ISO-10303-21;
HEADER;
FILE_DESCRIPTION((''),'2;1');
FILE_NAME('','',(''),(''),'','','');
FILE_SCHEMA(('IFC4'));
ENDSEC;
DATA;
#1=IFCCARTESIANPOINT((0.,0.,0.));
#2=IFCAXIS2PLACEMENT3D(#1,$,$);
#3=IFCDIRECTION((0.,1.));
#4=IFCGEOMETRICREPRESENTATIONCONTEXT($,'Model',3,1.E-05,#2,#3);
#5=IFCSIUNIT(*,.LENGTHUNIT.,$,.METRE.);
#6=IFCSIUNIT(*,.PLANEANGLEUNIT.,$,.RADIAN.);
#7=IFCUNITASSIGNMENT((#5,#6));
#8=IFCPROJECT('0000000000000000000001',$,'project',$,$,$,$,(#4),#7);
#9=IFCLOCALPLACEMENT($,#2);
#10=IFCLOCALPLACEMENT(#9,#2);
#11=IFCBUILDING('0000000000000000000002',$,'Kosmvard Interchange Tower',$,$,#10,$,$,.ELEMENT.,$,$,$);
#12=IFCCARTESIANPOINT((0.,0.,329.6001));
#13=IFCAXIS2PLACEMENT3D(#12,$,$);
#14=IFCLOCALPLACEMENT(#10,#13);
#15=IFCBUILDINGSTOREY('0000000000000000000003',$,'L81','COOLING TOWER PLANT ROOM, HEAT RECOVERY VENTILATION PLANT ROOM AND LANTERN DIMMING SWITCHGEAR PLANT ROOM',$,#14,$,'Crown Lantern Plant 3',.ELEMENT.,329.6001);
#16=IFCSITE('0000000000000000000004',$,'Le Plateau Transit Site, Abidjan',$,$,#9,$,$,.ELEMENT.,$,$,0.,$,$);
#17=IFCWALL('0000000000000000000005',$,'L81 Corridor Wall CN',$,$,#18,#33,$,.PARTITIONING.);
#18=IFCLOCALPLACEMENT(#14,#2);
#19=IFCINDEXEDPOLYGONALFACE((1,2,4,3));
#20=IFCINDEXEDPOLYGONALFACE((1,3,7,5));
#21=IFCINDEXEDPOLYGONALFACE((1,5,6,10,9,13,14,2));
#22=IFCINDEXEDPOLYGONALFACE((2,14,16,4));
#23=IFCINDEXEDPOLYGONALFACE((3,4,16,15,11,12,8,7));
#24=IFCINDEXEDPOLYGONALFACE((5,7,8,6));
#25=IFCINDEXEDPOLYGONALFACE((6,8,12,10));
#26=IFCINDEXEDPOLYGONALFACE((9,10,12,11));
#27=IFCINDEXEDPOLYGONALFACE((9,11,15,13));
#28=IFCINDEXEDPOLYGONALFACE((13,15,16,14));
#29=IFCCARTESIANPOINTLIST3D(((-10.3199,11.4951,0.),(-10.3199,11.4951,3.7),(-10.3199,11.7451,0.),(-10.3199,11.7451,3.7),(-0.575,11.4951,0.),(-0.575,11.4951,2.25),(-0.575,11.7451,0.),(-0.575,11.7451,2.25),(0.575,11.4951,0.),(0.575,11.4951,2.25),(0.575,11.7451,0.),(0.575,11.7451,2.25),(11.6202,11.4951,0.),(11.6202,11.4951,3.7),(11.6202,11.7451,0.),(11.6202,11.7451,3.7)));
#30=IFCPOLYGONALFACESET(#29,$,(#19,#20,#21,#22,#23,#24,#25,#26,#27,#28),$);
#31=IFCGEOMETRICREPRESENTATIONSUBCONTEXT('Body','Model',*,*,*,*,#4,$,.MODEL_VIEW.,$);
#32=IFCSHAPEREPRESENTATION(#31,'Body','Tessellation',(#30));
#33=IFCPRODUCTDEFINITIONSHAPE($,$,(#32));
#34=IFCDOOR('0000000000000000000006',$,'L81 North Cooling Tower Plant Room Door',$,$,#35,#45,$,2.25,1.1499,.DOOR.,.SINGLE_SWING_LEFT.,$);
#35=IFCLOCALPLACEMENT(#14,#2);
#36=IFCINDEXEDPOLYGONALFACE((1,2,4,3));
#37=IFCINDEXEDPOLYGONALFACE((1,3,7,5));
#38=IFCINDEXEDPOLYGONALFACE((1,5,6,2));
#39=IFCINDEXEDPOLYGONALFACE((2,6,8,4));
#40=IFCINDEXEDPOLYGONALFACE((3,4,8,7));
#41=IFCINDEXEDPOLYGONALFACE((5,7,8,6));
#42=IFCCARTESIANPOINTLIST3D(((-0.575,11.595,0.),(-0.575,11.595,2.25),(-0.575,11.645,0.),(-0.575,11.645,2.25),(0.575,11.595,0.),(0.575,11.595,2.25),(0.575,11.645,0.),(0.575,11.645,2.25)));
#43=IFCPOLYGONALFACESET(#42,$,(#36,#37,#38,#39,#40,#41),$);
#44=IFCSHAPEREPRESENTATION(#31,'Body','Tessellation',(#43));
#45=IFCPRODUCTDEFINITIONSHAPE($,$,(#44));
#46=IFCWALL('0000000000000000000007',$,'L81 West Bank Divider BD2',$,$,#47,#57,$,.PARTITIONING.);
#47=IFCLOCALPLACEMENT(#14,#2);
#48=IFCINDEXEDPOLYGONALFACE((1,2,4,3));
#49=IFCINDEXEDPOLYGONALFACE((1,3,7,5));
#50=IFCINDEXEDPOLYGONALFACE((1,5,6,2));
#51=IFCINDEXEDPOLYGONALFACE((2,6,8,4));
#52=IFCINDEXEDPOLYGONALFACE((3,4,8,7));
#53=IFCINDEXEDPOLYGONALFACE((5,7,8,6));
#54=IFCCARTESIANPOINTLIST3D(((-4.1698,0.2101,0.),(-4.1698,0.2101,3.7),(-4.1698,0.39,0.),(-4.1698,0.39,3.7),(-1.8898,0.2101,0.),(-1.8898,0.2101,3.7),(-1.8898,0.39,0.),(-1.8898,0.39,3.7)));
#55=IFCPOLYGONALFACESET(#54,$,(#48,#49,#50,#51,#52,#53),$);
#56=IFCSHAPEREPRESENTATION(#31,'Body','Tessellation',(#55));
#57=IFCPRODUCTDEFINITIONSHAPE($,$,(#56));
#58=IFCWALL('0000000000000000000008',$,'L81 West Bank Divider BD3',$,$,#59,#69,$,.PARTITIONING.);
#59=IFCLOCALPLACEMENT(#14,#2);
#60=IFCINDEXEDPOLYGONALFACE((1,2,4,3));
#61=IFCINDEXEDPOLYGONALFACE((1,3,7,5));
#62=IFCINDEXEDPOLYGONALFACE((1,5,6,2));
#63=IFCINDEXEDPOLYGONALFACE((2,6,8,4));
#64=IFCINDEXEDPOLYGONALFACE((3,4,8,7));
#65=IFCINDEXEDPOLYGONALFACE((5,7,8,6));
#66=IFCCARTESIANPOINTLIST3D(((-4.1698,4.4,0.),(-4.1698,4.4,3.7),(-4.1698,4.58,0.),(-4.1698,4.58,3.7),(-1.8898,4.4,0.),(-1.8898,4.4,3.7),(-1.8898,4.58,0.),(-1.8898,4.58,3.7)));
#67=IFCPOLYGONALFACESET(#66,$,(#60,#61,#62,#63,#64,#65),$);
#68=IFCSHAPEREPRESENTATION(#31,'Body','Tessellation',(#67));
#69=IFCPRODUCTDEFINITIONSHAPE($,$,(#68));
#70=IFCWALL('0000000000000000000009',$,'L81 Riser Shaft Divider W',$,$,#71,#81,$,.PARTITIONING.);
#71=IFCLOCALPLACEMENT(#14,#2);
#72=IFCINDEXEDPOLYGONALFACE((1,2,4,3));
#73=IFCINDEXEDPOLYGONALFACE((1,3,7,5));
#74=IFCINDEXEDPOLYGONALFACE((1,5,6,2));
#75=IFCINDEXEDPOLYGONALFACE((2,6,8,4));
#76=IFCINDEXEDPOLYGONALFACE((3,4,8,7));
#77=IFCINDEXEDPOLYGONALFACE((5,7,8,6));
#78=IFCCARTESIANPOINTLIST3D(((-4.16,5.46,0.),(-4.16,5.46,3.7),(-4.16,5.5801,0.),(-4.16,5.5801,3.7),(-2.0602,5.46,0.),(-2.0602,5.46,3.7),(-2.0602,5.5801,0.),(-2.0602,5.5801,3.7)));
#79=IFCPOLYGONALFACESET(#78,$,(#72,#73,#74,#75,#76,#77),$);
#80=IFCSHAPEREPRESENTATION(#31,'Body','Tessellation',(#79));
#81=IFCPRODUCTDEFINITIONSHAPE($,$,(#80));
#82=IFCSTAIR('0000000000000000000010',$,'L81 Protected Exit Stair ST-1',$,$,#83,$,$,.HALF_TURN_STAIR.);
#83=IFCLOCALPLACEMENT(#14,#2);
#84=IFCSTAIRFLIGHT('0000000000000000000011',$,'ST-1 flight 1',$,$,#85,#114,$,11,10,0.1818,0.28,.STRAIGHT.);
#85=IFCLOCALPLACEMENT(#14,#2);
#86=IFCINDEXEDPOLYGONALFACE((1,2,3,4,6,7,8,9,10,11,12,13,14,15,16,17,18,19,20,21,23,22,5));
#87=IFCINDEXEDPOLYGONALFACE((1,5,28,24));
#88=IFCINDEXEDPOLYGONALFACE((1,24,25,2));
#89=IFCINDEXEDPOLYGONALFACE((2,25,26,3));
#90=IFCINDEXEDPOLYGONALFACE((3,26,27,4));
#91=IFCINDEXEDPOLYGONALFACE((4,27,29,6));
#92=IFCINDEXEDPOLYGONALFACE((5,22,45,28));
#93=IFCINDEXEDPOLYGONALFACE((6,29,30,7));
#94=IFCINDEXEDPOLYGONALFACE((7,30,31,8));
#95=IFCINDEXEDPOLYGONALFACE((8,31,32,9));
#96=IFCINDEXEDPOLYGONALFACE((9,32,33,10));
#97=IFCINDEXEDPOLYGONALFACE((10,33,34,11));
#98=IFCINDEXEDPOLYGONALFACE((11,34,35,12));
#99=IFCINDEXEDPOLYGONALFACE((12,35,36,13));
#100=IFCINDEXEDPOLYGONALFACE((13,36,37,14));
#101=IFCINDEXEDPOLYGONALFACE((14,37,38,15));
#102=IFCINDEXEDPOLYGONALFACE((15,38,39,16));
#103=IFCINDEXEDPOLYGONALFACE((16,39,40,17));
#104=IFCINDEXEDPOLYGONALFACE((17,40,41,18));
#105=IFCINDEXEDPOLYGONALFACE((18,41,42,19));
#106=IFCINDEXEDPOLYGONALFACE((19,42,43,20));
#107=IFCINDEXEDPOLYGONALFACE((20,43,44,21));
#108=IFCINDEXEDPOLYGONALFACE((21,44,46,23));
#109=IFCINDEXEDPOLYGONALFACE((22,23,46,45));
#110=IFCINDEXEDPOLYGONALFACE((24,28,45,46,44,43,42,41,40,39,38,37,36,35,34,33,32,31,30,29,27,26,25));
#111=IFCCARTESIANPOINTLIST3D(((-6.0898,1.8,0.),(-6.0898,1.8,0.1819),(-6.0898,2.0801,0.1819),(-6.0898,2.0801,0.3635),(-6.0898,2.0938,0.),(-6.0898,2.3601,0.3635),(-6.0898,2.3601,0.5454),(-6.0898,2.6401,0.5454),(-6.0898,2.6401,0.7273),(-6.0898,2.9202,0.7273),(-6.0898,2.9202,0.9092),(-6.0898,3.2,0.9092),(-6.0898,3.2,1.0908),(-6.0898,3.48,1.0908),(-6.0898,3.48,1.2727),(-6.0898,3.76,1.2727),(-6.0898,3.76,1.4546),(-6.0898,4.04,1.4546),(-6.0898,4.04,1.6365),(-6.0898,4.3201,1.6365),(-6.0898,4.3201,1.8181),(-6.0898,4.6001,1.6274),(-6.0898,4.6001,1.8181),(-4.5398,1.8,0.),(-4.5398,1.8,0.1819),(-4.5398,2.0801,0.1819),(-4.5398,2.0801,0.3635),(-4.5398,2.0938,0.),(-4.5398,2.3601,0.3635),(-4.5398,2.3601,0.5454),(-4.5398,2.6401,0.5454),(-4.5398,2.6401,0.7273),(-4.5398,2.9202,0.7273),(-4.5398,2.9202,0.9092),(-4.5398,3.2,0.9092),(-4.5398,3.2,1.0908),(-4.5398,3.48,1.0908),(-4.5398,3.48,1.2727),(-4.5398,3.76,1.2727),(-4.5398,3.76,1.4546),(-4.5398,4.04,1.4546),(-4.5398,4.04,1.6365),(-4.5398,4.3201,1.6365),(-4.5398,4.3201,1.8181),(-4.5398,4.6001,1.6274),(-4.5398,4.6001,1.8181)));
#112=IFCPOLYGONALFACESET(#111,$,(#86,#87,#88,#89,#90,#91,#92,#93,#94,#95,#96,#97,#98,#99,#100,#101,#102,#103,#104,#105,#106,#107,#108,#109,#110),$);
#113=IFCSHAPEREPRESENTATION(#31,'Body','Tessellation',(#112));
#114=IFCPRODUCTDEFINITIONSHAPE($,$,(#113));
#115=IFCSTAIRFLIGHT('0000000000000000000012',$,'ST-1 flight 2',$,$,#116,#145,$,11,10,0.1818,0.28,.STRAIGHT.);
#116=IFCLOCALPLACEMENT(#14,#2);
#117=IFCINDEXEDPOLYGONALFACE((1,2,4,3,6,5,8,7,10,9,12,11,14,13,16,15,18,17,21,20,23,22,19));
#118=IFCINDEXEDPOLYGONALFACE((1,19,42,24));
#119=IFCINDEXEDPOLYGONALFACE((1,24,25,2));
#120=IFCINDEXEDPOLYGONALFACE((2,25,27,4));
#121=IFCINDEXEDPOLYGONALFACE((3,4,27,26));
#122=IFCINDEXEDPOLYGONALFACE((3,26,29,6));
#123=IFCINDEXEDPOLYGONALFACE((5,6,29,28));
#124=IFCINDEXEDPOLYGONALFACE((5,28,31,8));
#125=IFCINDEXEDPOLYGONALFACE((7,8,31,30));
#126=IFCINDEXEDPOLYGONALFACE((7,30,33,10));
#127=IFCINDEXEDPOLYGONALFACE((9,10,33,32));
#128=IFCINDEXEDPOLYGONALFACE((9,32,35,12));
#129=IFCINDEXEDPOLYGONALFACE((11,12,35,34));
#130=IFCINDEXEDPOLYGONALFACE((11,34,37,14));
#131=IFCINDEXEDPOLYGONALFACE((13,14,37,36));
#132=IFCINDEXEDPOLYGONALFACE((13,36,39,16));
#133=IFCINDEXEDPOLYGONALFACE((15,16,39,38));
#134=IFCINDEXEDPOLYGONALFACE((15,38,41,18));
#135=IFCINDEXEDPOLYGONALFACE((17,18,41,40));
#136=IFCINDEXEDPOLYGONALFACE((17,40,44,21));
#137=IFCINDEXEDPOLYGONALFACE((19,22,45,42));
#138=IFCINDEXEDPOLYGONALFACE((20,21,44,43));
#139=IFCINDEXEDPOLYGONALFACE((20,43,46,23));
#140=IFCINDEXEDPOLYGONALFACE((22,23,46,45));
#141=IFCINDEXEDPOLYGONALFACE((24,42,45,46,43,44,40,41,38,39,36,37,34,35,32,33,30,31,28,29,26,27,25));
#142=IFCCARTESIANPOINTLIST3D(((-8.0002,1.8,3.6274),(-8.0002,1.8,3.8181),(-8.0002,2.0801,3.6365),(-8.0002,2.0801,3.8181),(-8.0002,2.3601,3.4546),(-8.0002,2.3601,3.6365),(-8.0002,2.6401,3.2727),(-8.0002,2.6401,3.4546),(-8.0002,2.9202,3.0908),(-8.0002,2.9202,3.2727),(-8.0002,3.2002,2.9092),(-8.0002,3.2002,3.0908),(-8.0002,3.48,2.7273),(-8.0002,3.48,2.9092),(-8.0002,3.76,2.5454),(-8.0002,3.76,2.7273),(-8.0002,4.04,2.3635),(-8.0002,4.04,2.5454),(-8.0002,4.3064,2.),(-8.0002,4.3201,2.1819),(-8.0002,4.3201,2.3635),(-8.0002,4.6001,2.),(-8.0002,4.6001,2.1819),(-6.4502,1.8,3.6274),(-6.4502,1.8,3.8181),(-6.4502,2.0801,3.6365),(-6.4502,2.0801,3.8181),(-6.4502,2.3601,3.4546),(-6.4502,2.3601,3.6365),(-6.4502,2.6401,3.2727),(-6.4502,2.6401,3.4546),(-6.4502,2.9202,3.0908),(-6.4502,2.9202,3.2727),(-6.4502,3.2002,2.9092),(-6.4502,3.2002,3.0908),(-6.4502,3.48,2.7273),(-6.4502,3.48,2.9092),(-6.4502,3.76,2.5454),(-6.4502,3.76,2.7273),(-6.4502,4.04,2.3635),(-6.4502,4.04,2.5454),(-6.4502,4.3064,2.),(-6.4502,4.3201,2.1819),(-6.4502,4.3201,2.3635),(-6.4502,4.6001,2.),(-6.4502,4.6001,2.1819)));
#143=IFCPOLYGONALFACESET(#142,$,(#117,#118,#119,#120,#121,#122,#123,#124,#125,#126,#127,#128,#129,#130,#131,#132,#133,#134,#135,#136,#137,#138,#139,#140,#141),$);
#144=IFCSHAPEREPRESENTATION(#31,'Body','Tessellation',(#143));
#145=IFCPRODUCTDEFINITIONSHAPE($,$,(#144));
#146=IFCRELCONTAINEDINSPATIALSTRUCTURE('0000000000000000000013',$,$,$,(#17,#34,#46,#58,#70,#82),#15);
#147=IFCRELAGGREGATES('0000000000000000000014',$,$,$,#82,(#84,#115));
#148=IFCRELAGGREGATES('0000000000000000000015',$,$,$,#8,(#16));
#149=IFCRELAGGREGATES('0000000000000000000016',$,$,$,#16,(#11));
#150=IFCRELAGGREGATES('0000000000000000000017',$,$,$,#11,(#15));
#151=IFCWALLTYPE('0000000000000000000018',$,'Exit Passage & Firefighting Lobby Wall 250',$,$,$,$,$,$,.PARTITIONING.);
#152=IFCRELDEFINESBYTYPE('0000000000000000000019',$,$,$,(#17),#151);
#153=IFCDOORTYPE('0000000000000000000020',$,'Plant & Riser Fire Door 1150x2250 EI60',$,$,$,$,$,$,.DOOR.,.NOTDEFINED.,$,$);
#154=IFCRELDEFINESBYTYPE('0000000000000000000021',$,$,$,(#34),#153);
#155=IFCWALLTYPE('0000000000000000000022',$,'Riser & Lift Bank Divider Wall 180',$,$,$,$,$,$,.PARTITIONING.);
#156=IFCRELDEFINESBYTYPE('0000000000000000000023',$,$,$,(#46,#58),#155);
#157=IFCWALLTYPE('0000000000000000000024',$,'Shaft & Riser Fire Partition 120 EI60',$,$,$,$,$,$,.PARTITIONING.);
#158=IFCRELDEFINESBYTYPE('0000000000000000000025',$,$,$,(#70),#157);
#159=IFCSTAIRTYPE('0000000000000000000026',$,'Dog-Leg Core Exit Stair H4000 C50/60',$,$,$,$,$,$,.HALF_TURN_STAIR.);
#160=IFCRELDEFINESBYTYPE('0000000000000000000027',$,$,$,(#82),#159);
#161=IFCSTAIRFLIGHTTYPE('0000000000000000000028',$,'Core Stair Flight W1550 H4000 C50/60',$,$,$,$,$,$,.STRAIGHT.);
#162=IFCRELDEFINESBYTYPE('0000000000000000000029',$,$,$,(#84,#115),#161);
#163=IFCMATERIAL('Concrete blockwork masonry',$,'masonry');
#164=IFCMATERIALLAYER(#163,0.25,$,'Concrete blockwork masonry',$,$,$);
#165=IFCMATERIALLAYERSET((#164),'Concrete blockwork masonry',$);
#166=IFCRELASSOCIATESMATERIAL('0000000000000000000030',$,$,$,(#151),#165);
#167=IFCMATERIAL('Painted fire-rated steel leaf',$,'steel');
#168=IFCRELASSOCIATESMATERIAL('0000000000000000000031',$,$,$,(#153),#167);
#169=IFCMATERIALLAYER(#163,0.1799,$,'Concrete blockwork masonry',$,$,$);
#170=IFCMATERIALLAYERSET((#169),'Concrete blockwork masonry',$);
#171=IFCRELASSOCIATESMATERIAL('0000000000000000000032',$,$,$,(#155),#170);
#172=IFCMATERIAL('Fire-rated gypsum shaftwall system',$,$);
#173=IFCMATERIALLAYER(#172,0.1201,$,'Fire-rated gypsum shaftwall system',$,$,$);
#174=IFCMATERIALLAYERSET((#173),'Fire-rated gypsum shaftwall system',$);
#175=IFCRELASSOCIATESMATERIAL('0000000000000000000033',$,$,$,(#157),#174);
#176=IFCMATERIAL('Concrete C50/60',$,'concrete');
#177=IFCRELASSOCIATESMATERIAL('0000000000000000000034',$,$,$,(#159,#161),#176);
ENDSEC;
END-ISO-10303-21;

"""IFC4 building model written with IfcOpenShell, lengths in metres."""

from ifc_helpers import new_model, si_unit, direction, frame, frame_2d, origin, place, context, subcontext, project, spatial, polyline, rectangle, outline, extrude, source, transform, mapped, material, layer, layer_set, type_object, element, fill, aggregate, save


model = new_model("IFC4")

# Units and contexts
model_context = context("Model", 3, precision=1e-05, world=origin(), true_north=direction((0.0, 1.0)))
body_context = subcontext(model_context, "Body", "Model", "MODEL_VIEW")
ifc_project = project(units=[si_unit("LENGTHUNIT", "METRE"), si_unit("PLANEANGLEUNIT", "RADIAN")], contexts=[model_context])

# Site, building, storey
site_placement = place(None, origin())
site = spatial("IfcSite", under=ifc_project, at=site_placement, Name="Le Plateau Transit Site, Abidjan", CompositionType="ELEMENT", RefElevation=0.0)
building_placement = place(site_placement, origin())
building = spatial("IfcBuilding", under=site, at=building_placement, Name="Kosmvard Interchange Tower", CompositionType="ELEMENT")
storey_placement = place(building_placement, frame((0.0, 0.0, 329.6001)))
storey = spatial("IfcBuildingStorey", under=building, at=storey_placement, Name="L81", Description="COOLING TOWER PLANT ROOM, HEAT RECOVERY VENTILATION PLANT ROOM AND LANTERN DIMMING SWITCHGEAR PLANT ROOM", LongName="Crown Lantern Plant 3", CompositionType="ELEMENT", Elevation=329.6001)

# Shared definitions
ifc_material_1 = material(Name="Concrete C50/60", Category="concrete")

# Wall, opening, door
ifc_material_2 = material(Name="Concrete blockwork masonry", Category="masonry")
ifc_layer_1 = layer(ifc_material_2, 0.25, Name="Concrete blockwork masonry")
ifc_layer_set_1 = layer_set([ifc_layer_1], Name="Concrete blockwork masonry")
wall_type_1 = type_object("IfcWallType", Name="Exit Passage & Firefighting Lobby Wall 250", PredefinedType="PARTITIONING", material=ifc_layer_set_1)
wall_1_placement = place(storey_placement, frame((-10.3201, 11.6201, 0.0), z_axis=(0.0, 0.0, 1.0), x_axis=(1.0, 0.0, 0.0)))
wall_1 = element("IfcWall", 1, at=wall_1_placement, inside=storey, type_object=wall_type_1, Name="L81 Corridor Wall CN", PredefinedType="PARTITIONING", context=body_context, shape_type="SweptSolid", body=[
    extrude(rectangle(XDim=21.9402, YDim=0.25, at=frame_2d((10.9702, 0.0))), origin(), (0.0, 0.0, 1.0), 3.7),
])
opening_1_placement = place(wall_1_placement, frame((9.7451, 0.0, 0.0)))
opening_1 = element("IfcOpeningElement", 2, at=opening_1_placement, cuts=wall_1, PredefinedType="OPENING", context=body_context, shape_type="SweptSolid", body=[
    extrude(rectangle(XDim=1.1499, YDim=2.25, at=frame_2d((0.575, 1.125))), frame((0.0, 0.135, 0.0), z_axis=(0.0, -1.0, 0.0), x_axis=(1.0, 0.0, 0.0)), (0.0, 0.0, 1.0), 0.27),
])
ifc_material_3 = material(Name="Painted fire-rated steel leaf", Category="steel")
door_type_1 = type_object("IfcDoorType", Name="Plant & Riser Fire Door 1150x2250 EI60", OperationType="NOTDEFINED", PredefinedType="DOOR", material=ifc_material_3)
shared_shape_1 = source(origin(), body_context, "Body", "SweptSolid", [
    extrude(rectangle(XDim=1.1499, YDim=2.25, at=frame_2d((0.575, 1.125))), frame((0.0, 0.0249, 0.0), z_axis=(0.0, -1.0, 0.0), x_axis=(1.0, 0.0, 0.0)), (0.0, 0.0, 1.0), 0.05),
])
door_1_placement = place(opening_1_placement, origin())
door_1 = element("IfcDoor", 3, at=door_1_placement, inside=storey, type_object=door_type_1, Name="L81 North Cooling Tower Plant Room Door", OperationType="SINGLE_SWING_LEFT", OverallHeight=2.25, OverallWidth=1.1499, PredefinedType="DOOR", context=body_context, shape_type="MappedRepresentation", body=[
    mapped(shared_shape_1, transform((0.0, 0.0, 0.0), scale=1.0)),
])
fill(opening_1, door_1)

# Walls
ifc_layer_2 = layer(ifc_material_2, 0.1799, Name="Concrete blockwork masonry")
ifc_layer_set_2 = layer_set([ifc_layer_2], Name="Concrete blockwork masonry")
wall_type_2 = type_object("IfcWallType", Name="Riser & Lift Bank Divider Wall 180", PredefinedType="PARTITIONING", material=ifc_layer_set_2)
for number, where, z_axis, x_axis, name in (
    (4, (-4.1699, 0.3, 0.0), (0.0, 0.0, 1.0), (1.0, 0.0, 0.0), "L81 West Bank Divider BD2"),
    (5, (-4.1699, 4.49, 0.0), (0.0, 0.0, 1.0), (1.0, 0.0, 0.0), "L81 West Bank Divider BD3"),
):
    element("IfcWall", number, at=place(storey_placement, frame(where, z_axis=z_axis, x_axis=x_axis)), inside=storey, type_object=wall_type_2, Name=name, PredefinedType="PARTITIONING", context=body_context, shape_type="SweptSolid", body=[
        extrude(rectangle(XDim=2.28, YDim=0.1799, at=frame_2d((1.1401, 0.0))), origin(), (0.0, 0.0, 1.0), 3.7),
    ])
ifc_material_4 = material(Name="Fire-rated gypsum shaftwall system")
ifc_layer_3 = layer(ifc_material_4, 0.1201, Name="Fire-rated gypsum shaftwall system")
ifc_layer_set_3 = layer_set([ifc_layer_3], Name="Fire-rated gypsum shaftwall system")
wall_type_3 = type_object("IfcWallType", Name="Shaft & Riser Fire Partition 120 EI60", PredefinedType="PARTITIONING", material=ifc_layer_set_3)
wall_2_placement = place(storey_placement, frame((-4.1599, 5.52, 0.0), z_axis=(0.0, 0.0, 1.0), x_axis=(1.0, 0.0, 0.0)))
element("IfcWall", 6, at=wall_2_placement, inside=storey, type_object=wall_type_3, Name="L81 Riser Shaft Divider W", PredefinedType="PARTITIONING", context=body_context, shape_type="SweptSolid", body=[
    extrude(rectangle(XDim=2.0999, YDim=0.1201, at=frame_2d((1.0498, 0.0))), origin(), (0.0, 0.0, 1.0), 3.7),
])

# Stair, stair flights
stair_type = type_object("IfcStairType", Name="Dog-Leg Core Exit Stair H4000 C50/60", PredefinedType="HALF_TURN_STAIR", material=ifc_material_1)
stair_placement = place(storey_placement, origin())
stair = element("IfcStair", 7, at=stair_placement, inside=storey, type_object=stair_type, Name="L81 Protected Exit Stair ST-1", PredefinedType="HALF_TURN_STAIR")
stair_flight_type = type_object("IfcStairFlightType", Name="Core Stair Flight W1550 H4000 C50/60", PredefinedType="STRAIGHT", material=ifc_material_1)
shared_shape_2 = source(origin(), body_context, "Body", "SweptSolid", [
    extrude(outline(polyline([(0.0, 0.0), (0.0, 0.1819), (0.28, 0.1819), (0.28, 0.3635), (0.5601, 0.3635), (0.5601, 0.5454), (0.8401, 0.5454), (0.8401, 0.7273), (1.1201, 0.7273), (1.1201, 0.9092), (1.3999, 0.9092), (1.3999, 1.0908), (1.6799, 1.0908), (1.6799, 1.2727), (1.96, 1.2727), (1.96, 1.4546), (2.24, 1.4546), (2.24, 1.6365), (2.52, 1.6365), (2.52, 1.8181), (2.8, 1.8181), (2.8, 2.0), (2.8, 1.6274), (0.2937, 0.0), (0.0, 0.0)])), frame((0.0, 0.7749, 0.0), z_axis=(0.0, -1.0, 0.0), x_axis=(1.0, 0.0, 0.0)), (0.0, 0.0, 1.0), 1.55),
])
stair_flight_1_placement = place(storey_placement, frame((-5.3149, 1.8, 0.0), z_axis=(0.0, 0.0, 1.0), x_axis=(0.0, 1.0, 0.0)))
stair_flight_1 = element("IfcStairFlight", 8, at=stair_flight_1_placement, type_object=stair_flight_type, Name="ST-1 flight 1", NumberOfRisers=11, NumberOfTreads=10, PredefinedType="STRAIGHT", RiserHeight=0.1818, TreadLength=0.28, context=body_context, shape_type="MappedRepresentation", body=[
    mapped(shared_shape_2, transform((0.0, 0.0, 0.0), scale=1.0)),
])
stair_flight_2_placement = place(storey_placement, frame((-7.2251, 4.6001, 2.0), z_axis=(0.0, 0.0, 1.0), x_axis=(0.0, -1.0, 0.0)))
stair_flight_2 = element("IfcStairFlight", 9, at=stair_flight_2_placement, type_object=stair_flight_type, Name="ST-1 flight 2", NumberOfRisers=11, NumberOfTreads=10, PredefinedType="STRAIGHT", RiserHeight=0.1818, TreadLength=0.28, context=body_context, shape_type="MappedRepresentation", body=[
    mapped(shared_shape_2, transform((0.0, 0.0, 0.0), scale=1.0)),
])
aggregate(stair, [stair_flight_1, stair_flight_2])

save(model, "model.ifc")
